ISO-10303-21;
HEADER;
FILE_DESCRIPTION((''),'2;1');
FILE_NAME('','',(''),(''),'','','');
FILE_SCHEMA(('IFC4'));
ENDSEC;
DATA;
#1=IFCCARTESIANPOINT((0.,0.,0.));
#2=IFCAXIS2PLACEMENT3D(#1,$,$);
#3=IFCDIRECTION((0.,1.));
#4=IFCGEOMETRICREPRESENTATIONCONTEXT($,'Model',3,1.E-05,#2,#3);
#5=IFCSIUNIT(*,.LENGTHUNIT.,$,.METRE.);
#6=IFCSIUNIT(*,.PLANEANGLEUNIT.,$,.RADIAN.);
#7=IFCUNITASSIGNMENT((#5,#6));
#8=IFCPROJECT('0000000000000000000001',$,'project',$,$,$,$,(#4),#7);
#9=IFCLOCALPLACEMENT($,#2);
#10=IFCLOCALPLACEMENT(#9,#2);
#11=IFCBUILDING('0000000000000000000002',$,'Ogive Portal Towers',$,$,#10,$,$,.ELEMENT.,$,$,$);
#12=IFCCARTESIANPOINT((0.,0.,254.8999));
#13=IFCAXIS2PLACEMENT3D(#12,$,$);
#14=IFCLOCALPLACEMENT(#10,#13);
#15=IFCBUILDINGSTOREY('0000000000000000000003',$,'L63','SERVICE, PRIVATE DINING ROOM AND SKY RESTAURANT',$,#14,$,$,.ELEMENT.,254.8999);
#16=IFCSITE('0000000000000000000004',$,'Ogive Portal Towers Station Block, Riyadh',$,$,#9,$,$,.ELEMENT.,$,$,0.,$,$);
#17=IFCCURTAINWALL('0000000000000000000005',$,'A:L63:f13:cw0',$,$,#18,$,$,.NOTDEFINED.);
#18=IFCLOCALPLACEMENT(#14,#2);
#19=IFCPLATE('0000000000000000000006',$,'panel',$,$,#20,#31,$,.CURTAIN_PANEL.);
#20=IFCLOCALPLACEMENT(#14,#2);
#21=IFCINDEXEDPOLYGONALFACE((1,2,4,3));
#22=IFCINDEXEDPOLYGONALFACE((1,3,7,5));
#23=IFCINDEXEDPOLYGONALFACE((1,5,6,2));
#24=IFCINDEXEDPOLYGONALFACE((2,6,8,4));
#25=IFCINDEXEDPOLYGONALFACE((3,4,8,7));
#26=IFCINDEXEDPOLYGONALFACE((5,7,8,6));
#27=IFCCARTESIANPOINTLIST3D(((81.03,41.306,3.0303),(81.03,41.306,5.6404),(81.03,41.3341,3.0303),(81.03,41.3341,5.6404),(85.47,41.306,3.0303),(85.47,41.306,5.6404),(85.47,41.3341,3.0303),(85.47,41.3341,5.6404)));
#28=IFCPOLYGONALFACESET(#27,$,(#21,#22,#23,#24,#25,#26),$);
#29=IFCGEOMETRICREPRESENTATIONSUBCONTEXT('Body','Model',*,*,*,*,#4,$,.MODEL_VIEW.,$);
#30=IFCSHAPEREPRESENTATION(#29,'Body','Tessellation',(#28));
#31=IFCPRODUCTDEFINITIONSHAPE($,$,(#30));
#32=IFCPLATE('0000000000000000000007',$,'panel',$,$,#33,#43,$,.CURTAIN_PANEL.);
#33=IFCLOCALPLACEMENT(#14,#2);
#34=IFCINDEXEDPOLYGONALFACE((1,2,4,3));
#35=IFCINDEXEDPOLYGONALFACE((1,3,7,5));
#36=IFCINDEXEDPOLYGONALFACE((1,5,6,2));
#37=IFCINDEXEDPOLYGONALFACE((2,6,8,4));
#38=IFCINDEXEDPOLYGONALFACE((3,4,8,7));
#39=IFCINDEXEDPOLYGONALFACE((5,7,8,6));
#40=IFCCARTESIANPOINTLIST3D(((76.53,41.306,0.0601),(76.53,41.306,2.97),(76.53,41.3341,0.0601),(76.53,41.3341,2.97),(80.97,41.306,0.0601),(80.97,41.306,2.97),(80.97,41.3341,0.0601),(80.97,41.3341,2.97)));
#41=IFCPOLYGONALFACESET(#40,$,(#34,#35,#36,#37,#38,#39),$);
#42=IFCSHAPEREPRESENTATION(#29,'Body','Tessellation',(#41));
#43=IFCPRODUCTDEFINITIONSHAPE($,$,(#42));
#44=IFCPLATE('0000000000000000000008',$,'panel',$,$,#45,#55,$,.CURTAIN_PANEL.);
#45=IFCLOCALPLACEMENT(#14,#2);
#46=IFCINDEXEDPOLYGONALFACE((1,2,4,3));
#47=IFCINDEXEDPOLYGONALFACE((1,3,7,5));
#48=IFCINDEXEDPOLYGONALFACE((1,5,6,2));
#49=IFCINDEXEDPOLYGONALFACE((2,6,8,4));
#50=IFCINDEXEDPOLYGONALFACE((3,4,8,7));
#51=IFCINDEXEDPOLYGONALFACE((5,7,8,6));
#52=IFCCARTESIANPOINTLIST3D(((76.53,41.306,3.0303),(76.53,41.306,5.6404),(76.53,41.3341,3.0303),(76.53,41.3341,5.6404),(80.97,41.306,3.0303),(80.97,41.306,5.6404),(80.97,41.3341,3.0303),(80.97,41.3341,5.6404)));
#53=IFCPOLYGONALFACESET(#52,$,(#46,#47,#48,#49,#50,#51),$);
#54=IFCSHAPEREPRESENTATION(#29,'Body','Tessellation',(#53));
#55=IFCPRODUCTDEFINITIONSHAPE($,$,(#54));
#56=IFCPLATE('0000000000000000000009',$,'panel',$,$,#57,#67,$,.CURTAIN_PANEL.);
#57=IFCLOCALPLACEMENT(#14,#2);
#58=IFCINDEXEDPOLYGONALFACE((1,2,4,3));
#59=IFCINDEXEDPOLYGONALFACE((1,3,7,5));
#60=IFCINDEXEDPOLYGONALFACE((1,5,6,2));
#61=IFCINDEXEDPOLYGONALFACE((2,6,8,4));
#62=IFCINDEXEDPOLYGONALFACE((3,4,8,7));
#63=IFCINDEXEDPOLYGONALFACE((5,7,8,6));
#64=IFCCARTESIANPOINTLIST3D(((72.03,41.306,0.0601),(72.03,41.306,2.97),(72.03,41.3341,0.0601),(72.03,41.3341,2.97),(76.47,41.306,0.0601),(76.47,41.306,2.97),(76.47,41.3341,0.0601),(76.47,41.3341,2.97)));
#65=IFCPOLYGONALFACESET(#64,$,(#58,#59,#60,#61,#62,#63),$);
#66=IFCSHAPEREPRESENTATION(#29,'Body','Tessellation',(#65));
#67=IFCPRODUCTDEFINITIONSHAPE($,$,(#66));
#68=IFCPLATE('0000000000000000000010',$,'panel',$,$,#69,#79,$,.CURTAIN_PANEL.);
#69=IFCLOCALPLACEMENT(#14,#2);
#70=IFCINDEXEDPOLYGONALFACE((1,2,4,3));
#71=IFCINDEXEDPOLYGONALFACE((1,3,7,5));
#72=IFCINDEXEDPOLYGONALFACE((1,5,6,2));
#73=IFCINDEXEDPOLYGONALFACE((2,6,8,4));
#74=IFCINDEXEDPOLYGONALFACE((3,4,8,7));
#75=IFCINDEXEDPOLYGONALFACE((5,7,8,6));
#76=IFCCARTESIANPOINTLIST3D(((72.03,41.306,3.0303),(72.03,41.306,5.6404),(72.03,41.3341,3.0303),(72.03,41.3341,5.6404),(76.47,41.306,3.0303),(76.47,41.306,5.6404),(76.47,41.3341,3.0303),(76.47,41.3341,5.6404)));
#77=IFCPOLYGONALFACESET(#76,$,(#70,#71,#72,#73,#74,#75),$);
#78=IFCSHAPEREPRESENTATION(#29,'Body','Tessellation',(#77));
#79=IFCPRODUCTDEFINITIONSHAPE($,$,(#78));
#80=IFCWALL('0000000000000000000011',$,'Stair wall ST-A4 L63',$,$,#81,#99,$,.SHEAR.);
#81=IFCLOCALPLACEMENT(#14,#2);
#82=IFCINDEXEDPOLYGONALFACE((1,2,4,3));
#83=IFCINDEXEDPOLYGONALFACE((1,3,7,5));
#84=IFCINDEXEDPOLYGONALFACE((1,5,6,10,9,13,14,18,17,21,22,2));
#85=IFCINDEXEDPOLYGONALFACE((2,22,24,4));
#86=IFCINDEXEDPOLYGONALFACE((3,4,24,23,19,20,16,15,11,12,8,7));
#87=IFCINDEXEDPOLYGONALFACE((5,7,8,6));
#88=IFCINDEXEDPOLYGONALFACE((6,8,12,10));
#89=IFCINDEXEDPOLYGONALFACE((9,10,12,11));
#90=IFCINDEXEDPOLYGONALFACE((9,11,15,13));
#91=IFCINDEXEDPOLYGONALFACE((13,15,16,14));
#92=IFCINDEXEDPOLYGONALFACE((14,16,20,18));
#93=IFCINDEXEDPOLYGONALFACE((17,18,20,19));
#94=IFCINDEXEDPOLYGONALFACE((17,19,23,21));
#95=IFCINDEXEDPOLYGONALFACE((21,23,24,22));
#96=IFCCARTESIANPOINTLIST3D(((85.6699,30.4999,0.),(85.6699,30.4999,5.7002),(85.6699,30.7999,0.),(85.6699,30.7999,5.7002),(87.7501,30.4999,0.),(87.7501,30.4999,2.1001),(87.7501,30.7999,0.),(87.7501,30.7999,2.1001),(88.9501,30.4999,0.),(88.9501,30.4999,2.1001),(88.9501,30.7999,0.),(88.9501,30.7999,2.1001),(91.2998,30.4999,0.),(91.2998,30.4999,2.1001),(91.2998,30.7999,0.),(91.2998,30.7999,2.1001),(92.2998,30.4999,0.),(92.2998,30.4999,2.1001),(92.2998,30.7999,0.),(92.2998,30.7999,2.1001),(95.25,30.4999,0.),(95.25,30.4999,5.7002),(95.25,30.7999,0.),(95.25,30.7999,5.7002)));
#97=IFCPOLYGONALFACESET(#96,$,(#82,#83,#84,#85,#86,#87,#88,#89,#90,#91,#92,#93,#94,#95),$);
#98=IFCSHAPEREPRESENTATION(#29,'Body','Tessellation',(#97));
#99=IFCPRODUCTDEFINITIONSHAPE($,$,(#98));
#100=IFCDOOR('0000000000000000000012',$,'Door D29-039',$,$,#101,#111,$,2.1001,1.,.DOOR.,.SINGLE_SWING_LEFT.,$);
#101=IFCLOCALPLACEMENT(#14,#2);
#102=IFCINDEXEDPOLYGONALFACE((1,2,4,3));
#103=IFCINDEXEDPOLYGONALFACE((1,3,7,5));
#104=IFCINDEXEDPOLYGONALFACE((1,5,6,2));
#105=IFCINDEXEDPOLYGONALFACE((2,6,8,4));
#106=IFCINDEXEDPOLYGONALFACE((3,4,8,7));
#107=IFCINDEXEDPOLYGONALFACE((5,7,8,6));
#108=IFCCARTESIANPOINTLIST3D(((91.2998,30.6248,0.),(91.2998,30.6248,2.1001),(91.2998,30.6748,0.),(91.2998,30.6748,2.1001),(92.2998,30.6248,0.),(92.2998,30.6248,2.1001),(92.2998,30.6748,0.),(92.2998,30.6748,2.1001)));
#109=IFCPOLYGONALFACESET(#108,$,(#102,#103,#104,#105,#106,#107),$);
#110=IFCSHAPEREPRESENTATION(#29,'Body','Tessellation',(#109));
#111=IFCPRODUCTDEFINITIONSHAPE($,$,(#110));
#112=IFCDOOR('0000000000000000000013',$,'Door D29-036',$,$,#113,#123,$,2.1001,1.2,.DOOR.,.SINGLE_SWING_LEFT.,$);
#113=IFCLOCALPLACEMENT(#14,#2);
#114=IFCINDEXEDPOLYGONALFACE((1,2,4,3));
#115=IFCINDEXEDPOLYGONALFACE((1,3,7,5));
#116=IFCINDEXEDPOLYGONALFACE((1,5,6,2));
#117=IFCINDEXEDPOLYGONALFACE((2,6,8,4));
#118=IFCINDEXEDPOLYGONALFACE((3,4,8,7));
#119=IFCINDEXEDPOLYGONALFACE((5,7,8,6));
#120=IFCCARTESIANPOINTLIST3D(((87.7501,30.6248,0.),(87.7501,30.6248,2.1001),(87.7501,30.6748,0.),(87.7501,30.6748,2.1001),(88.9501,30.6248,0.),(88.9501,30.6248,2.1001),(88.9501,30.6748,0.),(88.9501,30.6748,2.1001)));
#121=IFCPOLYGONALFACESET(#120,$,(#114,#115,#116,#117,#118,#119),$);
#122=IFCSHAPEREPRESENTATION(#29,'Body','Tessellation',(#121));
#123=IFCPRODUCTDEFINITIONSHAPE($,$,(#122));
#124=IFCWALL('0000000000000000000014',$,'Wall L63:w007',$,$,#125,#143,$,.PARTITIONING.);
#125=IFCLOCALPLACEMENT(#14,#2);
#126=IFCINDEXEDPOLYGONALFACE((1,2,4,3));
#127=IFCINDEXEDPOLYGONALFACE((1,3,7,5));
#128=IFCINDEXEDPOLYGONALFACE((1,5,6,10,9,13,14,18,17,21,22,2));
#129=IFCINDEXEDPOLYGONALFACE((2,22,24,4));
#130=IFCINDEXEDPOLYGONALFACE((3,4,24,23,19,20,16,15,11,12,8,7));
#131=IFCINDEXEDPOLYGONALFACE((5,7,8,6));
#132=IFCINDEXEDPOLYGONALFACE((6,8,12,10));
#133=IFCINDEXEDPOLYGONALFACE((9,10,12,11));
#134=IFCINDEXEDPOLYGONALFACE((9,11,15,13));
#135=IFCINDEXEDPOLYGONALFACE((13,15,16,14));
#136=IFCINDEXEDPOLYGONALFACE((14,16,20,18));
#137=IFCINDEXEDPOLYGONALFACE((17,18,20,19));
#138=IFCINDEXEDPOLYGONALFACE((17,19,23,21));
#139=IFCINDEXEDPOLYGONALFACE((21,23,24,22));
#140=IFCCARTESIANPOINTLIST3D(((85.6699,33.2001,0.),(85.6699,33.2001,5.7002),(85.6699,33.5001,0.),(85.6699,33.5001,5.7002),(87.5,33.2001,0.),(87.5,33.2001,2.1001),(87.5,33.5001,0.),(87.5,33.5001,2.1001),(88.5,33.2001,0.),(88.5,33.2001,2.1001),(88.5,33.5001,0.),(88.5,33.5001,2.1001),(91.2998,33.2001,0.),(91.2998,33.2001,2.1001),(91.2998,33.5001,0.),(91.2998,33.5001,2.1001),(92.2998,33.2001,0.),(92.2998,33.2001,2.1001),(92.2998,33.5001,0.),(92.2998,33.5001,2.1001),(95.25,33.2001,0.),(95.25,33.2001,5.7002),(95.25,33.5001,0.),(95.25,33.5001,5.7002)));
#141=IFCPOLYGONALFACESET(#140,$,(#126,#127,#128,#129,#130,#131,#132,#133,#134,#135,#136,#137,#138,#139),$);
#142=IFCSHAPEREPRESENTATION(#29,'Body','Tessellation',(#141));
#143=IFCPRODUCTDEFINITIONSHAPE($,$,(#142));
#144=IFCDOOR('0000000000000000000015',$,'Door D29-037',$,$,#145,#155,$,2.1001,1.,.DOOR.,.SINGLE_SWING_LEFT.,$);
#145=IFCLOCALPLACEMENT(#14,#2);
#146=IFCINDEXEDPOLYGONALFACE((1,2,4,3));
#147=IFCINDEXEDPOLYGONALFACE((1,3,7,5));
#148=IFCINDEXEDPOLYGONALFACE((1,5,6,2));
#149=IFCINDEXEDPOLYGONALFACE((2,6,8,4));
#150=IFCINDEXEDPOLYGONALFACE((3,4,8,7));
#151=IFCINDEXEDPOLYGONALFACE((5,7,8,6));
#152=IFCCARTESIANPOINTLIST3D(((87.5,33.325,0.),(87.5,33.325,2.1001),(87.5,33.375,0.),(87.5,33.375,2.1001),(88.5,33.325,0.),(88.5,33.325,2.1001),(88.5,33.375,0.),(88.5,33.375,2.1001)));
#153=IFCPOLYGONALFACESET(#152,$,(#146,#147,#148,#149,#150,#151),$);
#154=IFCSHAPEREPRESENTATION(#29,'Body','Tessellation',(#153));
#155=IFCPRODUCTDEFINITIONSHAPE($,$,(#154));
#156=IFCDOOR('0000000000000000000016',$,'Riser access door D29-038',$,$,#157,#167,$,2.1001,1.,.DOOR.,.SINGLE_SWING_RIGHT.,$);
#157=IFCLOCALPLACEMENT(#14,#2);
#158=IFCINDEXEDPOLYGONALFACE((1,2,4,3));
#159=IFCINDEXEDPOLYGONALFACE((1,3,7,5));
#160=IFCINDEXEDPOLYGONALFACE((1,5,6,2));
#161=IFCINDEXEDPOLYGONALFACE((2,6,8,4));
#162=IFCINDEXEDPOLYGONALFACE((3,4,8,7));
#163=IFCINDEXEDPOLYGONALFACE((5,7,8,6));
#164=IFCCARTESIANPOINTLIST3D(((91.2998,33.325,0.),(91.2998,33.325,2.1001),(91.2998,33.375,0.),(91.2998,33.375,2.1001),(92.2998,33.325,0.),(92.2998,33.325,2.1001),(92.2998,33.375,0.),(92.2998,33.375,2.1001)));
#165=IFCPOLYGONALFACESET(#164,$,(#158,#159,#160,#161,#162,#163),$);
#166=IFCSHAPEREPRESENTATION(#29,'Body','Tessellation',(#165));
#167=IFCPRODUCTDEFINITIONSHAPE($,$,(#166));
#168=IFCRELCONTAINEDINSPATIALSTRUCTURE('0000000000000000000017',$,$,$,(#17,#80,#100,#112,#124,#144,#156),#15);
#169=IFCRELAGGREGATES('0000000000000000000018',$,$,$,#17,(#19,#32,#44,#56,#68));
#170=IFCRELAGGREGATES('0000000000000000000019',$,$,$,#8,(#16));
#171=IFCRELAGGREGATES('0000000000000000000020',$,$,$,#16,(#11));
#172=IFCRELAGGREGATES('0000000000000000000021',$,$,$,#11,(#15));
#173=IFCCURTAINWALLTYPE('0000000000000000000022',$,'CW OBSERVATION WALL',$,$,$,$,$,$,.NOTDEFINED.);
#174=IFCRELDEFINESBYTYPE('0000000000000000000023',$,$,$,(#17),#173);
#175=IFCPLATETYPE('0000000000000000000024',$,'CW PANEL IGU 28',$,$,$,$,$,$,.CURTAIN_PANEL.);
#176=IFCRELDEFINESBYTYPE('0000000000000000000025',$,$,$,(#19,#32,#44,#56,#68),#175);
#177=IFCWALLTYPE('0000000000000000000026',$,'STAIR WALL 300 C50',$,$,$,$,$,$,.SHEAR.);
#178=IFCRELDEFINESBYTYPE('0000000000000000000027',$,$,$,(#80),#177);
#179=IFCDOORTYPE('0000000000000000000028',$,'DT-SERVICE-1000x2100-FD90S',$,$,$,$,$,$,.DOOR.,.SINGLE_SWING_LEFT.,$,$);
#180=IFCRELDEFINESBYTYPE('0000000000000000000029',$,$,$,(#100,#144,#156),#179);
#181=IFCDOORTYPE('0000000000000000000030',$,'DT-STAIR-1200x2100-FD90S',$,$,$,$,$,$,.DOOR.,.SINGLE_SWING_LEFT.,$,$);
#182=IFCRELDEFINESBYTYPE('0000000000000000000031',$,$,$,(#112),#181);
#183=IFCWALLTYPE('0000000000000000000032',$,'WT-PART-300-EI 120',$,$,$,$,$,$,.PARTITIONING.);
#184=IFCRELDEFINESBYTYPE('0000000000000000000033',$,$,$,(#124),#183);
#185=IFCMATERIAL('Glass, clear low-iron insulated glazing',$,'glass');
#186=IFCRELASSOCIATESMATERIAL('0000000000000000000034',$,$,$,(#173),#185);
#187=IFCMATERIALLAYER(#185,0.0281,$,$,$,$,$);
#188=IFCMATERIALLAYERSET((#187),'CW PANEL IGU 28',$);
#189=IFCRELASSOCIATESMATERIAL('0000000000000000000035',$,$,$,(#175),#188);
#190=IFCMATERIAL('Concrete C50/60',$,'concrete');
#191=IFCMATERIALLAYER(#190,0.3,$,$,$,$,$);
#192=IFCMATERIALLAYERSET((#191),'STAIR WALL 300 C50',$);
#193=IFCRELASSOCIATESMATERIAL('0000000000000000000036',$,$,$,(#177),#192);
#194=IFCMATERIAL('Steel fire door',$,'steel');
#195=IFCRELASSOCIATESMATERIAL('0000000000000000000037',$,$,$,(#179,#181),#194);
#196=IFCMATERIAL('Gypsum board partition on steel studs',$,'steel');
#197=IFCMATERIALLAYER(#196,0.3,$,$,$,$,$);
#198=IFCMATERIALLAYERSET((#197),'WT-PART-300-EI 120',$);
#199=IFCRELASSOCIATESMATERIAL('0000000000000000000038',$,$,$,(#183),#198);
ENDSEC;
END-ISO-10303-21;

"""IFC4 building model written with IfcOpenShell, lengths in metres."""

from ifc_helpers import new_model, si_unit, direction, frame, frame_2d, origin, origin_2d, place, context, subcontext, project, spatial, rectangle, extrude, material, layer, layer_set, type_object, element, fill, aggregate, save


model = new_model("IFC4")

# Units and contexts
model_context = context("Model", 3, precision=1e-05, world=origin(), true_north=direction((0.0, 1.0)))
body_context = subcontext(model_context, "Body", "Model", "MODEL_VIEW")
ifc_project = project(units=[si_unit("LENGTHUNIT", "METRE"), si_unit("PLANEANGLEUNIT", "RADIAN")], contexts=[model_context])

# Site, building, storey
site_placement = place(None, origin())
site = spatial("IfcSite", under=ifc_project, at=site_placement, Name="Ogive Portal Towers Station Block, Riyadh", CompositionType="ELEMENT", RefElevation=0.0)
building_placement = place(site_placement, origin())
building = spatial("IfcBuilding", under=site, at=building_placement, Name="Ogive Portal Towers", CompositionType="ELEMENT")
storey_placement = place(building_placement, frame((0.0, 0.0, 254.8999)))
storey = spatial("IfcBuildingStorey", under=building, at=storey_placement, Name="L63", Description="SERVICE, PRIVATE DINING ROOM AND SKY RESTAURANT", CompositionType="ELEMENT", Elevation=254.8999)

# Curtain wall, plates
ifc_material_1 = material(Name="Glass, clear low-iron insulated glazing", Category="glass")
curtain_wall_type = type_object("IfcCurtainWallType", Name="CW OBSERVATION WALL", PredefinedType="NOTDEFINED", material=ifc_material_1)
curtain_wall_placement = place(storey_placement, origin())
curtain_wall = element("IfcCurtainWall", 1, at=curtain_wall_placement, inside=storey, type_object=curtain_wall_type, Name="A:L63:f13:cw0", PredefinedType="NOTDEFINED")
ifc_layer_1 = layer(ifc_material_1, 0.0281)
ifc_layer_set_1 = layer_set([ifc_layer_1], Name="CW PANEL IGU 28")
plate_type = type_object("IfcPlateType", Name="CW PANEL IGU 28", PredefinedType="CURTAIN_PANEL", material=ifc_layer_set_1)
plate_1_placement = place(storey_placement, frame((83.25, 41.3201, 3.0303), z_axis=(0.0, 0.0, 1.0), x_axis=(-1.0, 0.0, 0.0)))
plate_1 = element("IfcPlate", 2, at=plate_1_placement, type_object=plate_type, Name="panel", PredefinedType="CURTAIN_PANEL", context=body_context, shape_type="SweptSolid", body=[
    extrude(rectangle(XDim=4.4399, YDim=0.0281, at=origin_2d()), origin(), (0.0, 0.0, 1.0), 2.6101),
])
plate_2_placement = place(storey_placement, frame((78.75, 41.3201, 0.0601), z_axis=(0.0, 0.0, 1.0), x_axis=(-1.0, 0.0, 0.0)))
plate_2 = element("IfcPlate", 3, at=plate_2_placement, type_object=plate_type, Name="panel", PredefinedType="CURTAIN_PANEL", context=body_context, shape_type="SweptSolid", body=[
    extrude(rectangle(XDim=4.4399, YDim=0.0281, at=origin_2d()), origin(), (0.0, 0.0, 1.0), 2.9099),
])
plate_3_placement = place(storey_placement, frame((78.75, 41.3201, 3.0303), z_axis=(0.0, 0.0, 1.0), x_axis=(-1.0, 0.0, 0.0)))
plate_3 = element("IfcPlate", 4, at=plate_3_placement, type_object=plate_type, Name="panel", PredefinedType="CURTAIN_PANEL", context=body_context, shape_type="SweptSolid", body=[
    extrude(rectangle(XDim=4.4399, YDim=0.0281, at=origin_2d()), origin(), (0.0, 0.0, 1.0), 2.6101),
])
plate_4_placement = place(storey_placement, frame((74.25, 41.3201, 0.0601), z_axis=(0.0, 0.0, 1.0), x_axis=(-1.0, 0.0, 0.0)))
plate_4 = element("IfcPlate", 5, at=plate_4_placement, type_object=plate_type, Name="panel", PredefinedType="CURTAIN_PANEL", context=body_context, shape_type="SweptSolid", body=[
    extrude(rectangle(XDim=4.4399, YDim=0.0281, at=origin_2d()), origin(), (0.0, 0.0, 1.0), 2.9099),
])
plate_5_placement = place(storey_placement, frame((74.25, 41.3201, 3.0303), z_axis=(0.0, 0.0, 1.0), x_axis=(-1.0, 0.0, 0.0)))
plate_5 = element("IfcPlate", 6, at=plate_5_placement, type_object=plate_type, Name="panel", PredefinedType="CURTAIN_PANEL", context=body_context, shape_type="SweptSolid", body=[
    extrude(rectangle(XDim=4.4399, YDim=0.0281, at=origin_2d()), origin(), (0.0, 0.0, 1.0), 2.6101),
])
aggregate(curtain_wall, [plate_1, plate_2, plate_3, plate_4, plate_5])

# Walls, openings, doors
ifc_material_2 = material(Name="Concrete C50/60", Category="concrete")
ifc_layer_2 = layer(ifc_material_2, 0.3)
ifc_layer_set_2 = layer_set([ifc_layer_2], Name="STAIR WALL 300 C50")
wall_type_1 = type_object("IfcWallType", Name="STAIR WALL 300 C50", PredefinedType="SHEAR", material=ifc_layer_set_2)
wall_1_placement = place(storey_placement, frame((85.6699, 30.6499, 0.0), z_axis=(0.0, 0.0, 1.0), x_axis=(1.0, 0.0, 0.0)))
wall_1 = element("IfcWall", 7, at=wall_1_placement, inside=storey, type_object=wall_type_1, Name="Stair wall ST-A4 L63", PredefinedType="SHEAR", context=body_context, shape_type="SweptSolid", body=[
    extrude(rectangle(XDim=9.5801, YDim=0.3, at=frame_2d((4.79, 0.0))), origin(), (0.0, 0.0, 1.0), 5.7002),
])
opening_1_placement = place(wall_1_placement, frame((2.0801, 0.0, 0.0)))
opening_1 = element("IfcOpeningElement", 8, at=opening_1_placement, cuts=wall_1, PredefinedType="OPENING", context=body_context, shape_type="SweptSolid", body=[
    extrude(rectangle(XDim=1.2, YDim=2.1001, at=frame_2d((0.6001, 1.05))), frame((0.0, 0.1602, 0.0), z_axis=(0.0, -1.0, 0.0), x_axis=(1.0, 0.0, 0.0)), (0.0, 0.0, 1.0), 0.3201),
])
opening_2_placement = place(wall_1_placement, frame((5.6299, 0.0, 0.0)))
opening_2 = element("IfcOpeningElement", 9, at=opening_2_placement, cuts=wall_1, PredefinedType="OPENING", context=body_context, shape_type="SweptSolid", body=[
    extrude(rectangle(XDim=1.0, YDim=2.1001, at=frame_2d((0.5, 1.05))), frame((0.0, 0.1602, 0.0), z_axis=(0.0, -1.0, 0.0), x_axis=(1.0, 0.0, 0.0)), (0.0, 0.0, 1.0), 0.3201),
])
ifc_material_3 = material(Name="Steel fire door", Category="steel")
door_type_1 = type_object("IfcDoorType", Name="DT-SERVICE-1000x2100-FD90S", OperationType="SINGLE_SWING_LEFT", PredefinedType="DOOR", material=ifc_material_3)
door_1_placement = place(opening_2_placement, origin())
door_1 = element("IfcDoor", 10, at=door_1_placement, inside=storey, type_object=door_type_1, Name="Door D29-039", OperationType="SINGLE_SWING_LEFT", OverallHeight=2.1001, OverallWidth=1.0, PredefinedType="DOOR", context=body_context, shape_type="SweptSolid", body=[
    extrude(rectangle(XDim=1.0, YDim=2.1001, at=frame_2d((0.5, 1.05))), frame((0.0, 0.0249, 0.0), z_axis=(0.0, -1.0, 0.0), x_axis=(1.0, 0.0, 0.0)), (0.0, 0.0, 1.0), 0.05),
])
fill(opening_2, door_1)
door_type_2 = type_object("IfcDoorType", Name="DT-STAIR-1200x2100-FD90S", OperationType="SINGLE_SWING_LEFT", PredefinedType="DOOR", material=ifc_material_3)
door_2_placement = place(opening_1_placement, origin())
door_2 = element("IfcDoor", 11, at=door_2_placement, inside=storey, type_object=door_type_2, Name="Door D29-036", OperationType="SINGLE_SWING_LEFT", OverallHeight=2.1001, OverallWidth=1.2, PredefinedType="DOOR", context=body_context, shape_type="SweptSolid", body=[
    extrude(rectangle(XDim=1.2, YDim=2.1001, at=frame_2d((0.6001, 1.05))), frame((0.0, 0.0249, 0.0), z_axis=(0.0, -1.0, 0.0), x_axis=(1.0, 0.0, 0.0)), (0.0, 0.0, 1.0), 0.05),
])
fill(opening_1, door_2)
ifc_material_4 = material(Name="Gypsum board partition on steel studs", Category="steel")
ifc_layer_3 = layer(ifc_material_4, 0.3)
ifc_layer_set_3 = layer_set([ifc_layer_3], Name="WT-PART-300-EI 120")
wall_type_2 = type_object("IfcWallType", Name="WT-PART-300-EI 120", PredefinedType="PARTITIONING", material=ifc_layer_set_3)
wall_2_placement = place(storey_placement, frame((85.6699, 33.3501, 0.0), z_axis=(0.0, 0.0, 1.0), x_axis=(1.0, 0.0, 0.0)))
wall_2 = element("IfcWall", 12, at=wall_2_placement, inside=storey, type_object=wall_type_2, Name="Wall L63:w007", PredefinedType="PARTITIONING", context=body_context, shape_type="SweptSolid", body=[
    extrude(rectangle(XDim=9.5801, YDim=0.3, at=frame_2d((4.79, 0.0))), origin(), (0.0, 0.0, 1.0), 5.7002),
])
opening_3_placement = place(wall_2_placement, frame((1.8301, 0.0, 0.0)))
opening_3 = element("IfcOpeningElement", 13, at=opening_3_placement, cuts=wall_2, PredefinedType="OPENING", context=body_context, shape_type="SweptSolid", body=[
    extrude(rectangle(XDim=1.0, YDim=2.1001, at=frame_2d((0.5, 1.05))), frame((0.0, 0.1602, 0.0), z_axis=(0.0, -1.0, 0.0), x_axis=(1.0, 0.0, 0.0)), (0.0, 0.0, 1.0), 0.3201),
])
opening_4_placement = place(wall_2_placement, frame((5.6299, 0.0, 0.0)))
opening_4 = element("IfcOpeningElement", 14, at=opening_4_placement, cuts=wall_2, PredefinedType="OPENING", context=body_context, shape_type="SweptSolid", body=[
    extrude(rectangle(XDim=1.0, YDim=2.1001, at=frame_2d((0.5, 1.05))), frame((0.0, 0.1602, 0.0), z_axis=(0.0, -1.0, 0.0), x_axis=(1.0, 0.0, 0.0)), (0.0, 0.0, 1.0), 0.3201),
])
door_3_placement = place(opening_3_placement, origin())
door_3 = element("IfcDoor", 15, at=door_3_placement, inside=storey, type_object=door_type_1, Name="Door D29-037", OperationType="SINGLE_SWING_LEFT", OverallHeight=2.1001, OverallWidth=1.0, PredefinedType="DOOR", context=body_context, shape_type="SweptSolid", body=[
    extrude(rectangle(XDim=1.0, YDim=2.1001, at=frame_2d((0.5, 1.05))), frame((0.0, 0.0249, 0.0), z_axis=(0.0, -1.0, 0.0), x_axis=(1.0, 0.0, 0.0)), (0.0, 0.0, 1.0), 0.05),
])
fill(opening_3, door_3)
door_4_placement = place(opening_4_placement, origin())
door_4 = element("IfcDoor", 16, at=door_4_placement, inside=storey, type_object=door_type_1, Name="Riser access door D29-038", OperationType="SINGLE_SWING_RIGHT", OverallHeight=2.1001, OverallWidth=1.0, PredefinedType="DOOR", context=body_context, shape_type="SweptSolid", body=[
    extrude(rectangle(XDim=1.0, YDim=2.1001, at=frame_2d((0.5, 1.05))), frame((0.0, 0.0249, 0.0), z_axis=(0.0, -1.0, 0.0), x_axis=(1.0, 0.0, 0.0)), (0.0, 0.0, 1.0), 0.05),
])
fill(opening_4, door_4)

save(model, "model.ifc")
